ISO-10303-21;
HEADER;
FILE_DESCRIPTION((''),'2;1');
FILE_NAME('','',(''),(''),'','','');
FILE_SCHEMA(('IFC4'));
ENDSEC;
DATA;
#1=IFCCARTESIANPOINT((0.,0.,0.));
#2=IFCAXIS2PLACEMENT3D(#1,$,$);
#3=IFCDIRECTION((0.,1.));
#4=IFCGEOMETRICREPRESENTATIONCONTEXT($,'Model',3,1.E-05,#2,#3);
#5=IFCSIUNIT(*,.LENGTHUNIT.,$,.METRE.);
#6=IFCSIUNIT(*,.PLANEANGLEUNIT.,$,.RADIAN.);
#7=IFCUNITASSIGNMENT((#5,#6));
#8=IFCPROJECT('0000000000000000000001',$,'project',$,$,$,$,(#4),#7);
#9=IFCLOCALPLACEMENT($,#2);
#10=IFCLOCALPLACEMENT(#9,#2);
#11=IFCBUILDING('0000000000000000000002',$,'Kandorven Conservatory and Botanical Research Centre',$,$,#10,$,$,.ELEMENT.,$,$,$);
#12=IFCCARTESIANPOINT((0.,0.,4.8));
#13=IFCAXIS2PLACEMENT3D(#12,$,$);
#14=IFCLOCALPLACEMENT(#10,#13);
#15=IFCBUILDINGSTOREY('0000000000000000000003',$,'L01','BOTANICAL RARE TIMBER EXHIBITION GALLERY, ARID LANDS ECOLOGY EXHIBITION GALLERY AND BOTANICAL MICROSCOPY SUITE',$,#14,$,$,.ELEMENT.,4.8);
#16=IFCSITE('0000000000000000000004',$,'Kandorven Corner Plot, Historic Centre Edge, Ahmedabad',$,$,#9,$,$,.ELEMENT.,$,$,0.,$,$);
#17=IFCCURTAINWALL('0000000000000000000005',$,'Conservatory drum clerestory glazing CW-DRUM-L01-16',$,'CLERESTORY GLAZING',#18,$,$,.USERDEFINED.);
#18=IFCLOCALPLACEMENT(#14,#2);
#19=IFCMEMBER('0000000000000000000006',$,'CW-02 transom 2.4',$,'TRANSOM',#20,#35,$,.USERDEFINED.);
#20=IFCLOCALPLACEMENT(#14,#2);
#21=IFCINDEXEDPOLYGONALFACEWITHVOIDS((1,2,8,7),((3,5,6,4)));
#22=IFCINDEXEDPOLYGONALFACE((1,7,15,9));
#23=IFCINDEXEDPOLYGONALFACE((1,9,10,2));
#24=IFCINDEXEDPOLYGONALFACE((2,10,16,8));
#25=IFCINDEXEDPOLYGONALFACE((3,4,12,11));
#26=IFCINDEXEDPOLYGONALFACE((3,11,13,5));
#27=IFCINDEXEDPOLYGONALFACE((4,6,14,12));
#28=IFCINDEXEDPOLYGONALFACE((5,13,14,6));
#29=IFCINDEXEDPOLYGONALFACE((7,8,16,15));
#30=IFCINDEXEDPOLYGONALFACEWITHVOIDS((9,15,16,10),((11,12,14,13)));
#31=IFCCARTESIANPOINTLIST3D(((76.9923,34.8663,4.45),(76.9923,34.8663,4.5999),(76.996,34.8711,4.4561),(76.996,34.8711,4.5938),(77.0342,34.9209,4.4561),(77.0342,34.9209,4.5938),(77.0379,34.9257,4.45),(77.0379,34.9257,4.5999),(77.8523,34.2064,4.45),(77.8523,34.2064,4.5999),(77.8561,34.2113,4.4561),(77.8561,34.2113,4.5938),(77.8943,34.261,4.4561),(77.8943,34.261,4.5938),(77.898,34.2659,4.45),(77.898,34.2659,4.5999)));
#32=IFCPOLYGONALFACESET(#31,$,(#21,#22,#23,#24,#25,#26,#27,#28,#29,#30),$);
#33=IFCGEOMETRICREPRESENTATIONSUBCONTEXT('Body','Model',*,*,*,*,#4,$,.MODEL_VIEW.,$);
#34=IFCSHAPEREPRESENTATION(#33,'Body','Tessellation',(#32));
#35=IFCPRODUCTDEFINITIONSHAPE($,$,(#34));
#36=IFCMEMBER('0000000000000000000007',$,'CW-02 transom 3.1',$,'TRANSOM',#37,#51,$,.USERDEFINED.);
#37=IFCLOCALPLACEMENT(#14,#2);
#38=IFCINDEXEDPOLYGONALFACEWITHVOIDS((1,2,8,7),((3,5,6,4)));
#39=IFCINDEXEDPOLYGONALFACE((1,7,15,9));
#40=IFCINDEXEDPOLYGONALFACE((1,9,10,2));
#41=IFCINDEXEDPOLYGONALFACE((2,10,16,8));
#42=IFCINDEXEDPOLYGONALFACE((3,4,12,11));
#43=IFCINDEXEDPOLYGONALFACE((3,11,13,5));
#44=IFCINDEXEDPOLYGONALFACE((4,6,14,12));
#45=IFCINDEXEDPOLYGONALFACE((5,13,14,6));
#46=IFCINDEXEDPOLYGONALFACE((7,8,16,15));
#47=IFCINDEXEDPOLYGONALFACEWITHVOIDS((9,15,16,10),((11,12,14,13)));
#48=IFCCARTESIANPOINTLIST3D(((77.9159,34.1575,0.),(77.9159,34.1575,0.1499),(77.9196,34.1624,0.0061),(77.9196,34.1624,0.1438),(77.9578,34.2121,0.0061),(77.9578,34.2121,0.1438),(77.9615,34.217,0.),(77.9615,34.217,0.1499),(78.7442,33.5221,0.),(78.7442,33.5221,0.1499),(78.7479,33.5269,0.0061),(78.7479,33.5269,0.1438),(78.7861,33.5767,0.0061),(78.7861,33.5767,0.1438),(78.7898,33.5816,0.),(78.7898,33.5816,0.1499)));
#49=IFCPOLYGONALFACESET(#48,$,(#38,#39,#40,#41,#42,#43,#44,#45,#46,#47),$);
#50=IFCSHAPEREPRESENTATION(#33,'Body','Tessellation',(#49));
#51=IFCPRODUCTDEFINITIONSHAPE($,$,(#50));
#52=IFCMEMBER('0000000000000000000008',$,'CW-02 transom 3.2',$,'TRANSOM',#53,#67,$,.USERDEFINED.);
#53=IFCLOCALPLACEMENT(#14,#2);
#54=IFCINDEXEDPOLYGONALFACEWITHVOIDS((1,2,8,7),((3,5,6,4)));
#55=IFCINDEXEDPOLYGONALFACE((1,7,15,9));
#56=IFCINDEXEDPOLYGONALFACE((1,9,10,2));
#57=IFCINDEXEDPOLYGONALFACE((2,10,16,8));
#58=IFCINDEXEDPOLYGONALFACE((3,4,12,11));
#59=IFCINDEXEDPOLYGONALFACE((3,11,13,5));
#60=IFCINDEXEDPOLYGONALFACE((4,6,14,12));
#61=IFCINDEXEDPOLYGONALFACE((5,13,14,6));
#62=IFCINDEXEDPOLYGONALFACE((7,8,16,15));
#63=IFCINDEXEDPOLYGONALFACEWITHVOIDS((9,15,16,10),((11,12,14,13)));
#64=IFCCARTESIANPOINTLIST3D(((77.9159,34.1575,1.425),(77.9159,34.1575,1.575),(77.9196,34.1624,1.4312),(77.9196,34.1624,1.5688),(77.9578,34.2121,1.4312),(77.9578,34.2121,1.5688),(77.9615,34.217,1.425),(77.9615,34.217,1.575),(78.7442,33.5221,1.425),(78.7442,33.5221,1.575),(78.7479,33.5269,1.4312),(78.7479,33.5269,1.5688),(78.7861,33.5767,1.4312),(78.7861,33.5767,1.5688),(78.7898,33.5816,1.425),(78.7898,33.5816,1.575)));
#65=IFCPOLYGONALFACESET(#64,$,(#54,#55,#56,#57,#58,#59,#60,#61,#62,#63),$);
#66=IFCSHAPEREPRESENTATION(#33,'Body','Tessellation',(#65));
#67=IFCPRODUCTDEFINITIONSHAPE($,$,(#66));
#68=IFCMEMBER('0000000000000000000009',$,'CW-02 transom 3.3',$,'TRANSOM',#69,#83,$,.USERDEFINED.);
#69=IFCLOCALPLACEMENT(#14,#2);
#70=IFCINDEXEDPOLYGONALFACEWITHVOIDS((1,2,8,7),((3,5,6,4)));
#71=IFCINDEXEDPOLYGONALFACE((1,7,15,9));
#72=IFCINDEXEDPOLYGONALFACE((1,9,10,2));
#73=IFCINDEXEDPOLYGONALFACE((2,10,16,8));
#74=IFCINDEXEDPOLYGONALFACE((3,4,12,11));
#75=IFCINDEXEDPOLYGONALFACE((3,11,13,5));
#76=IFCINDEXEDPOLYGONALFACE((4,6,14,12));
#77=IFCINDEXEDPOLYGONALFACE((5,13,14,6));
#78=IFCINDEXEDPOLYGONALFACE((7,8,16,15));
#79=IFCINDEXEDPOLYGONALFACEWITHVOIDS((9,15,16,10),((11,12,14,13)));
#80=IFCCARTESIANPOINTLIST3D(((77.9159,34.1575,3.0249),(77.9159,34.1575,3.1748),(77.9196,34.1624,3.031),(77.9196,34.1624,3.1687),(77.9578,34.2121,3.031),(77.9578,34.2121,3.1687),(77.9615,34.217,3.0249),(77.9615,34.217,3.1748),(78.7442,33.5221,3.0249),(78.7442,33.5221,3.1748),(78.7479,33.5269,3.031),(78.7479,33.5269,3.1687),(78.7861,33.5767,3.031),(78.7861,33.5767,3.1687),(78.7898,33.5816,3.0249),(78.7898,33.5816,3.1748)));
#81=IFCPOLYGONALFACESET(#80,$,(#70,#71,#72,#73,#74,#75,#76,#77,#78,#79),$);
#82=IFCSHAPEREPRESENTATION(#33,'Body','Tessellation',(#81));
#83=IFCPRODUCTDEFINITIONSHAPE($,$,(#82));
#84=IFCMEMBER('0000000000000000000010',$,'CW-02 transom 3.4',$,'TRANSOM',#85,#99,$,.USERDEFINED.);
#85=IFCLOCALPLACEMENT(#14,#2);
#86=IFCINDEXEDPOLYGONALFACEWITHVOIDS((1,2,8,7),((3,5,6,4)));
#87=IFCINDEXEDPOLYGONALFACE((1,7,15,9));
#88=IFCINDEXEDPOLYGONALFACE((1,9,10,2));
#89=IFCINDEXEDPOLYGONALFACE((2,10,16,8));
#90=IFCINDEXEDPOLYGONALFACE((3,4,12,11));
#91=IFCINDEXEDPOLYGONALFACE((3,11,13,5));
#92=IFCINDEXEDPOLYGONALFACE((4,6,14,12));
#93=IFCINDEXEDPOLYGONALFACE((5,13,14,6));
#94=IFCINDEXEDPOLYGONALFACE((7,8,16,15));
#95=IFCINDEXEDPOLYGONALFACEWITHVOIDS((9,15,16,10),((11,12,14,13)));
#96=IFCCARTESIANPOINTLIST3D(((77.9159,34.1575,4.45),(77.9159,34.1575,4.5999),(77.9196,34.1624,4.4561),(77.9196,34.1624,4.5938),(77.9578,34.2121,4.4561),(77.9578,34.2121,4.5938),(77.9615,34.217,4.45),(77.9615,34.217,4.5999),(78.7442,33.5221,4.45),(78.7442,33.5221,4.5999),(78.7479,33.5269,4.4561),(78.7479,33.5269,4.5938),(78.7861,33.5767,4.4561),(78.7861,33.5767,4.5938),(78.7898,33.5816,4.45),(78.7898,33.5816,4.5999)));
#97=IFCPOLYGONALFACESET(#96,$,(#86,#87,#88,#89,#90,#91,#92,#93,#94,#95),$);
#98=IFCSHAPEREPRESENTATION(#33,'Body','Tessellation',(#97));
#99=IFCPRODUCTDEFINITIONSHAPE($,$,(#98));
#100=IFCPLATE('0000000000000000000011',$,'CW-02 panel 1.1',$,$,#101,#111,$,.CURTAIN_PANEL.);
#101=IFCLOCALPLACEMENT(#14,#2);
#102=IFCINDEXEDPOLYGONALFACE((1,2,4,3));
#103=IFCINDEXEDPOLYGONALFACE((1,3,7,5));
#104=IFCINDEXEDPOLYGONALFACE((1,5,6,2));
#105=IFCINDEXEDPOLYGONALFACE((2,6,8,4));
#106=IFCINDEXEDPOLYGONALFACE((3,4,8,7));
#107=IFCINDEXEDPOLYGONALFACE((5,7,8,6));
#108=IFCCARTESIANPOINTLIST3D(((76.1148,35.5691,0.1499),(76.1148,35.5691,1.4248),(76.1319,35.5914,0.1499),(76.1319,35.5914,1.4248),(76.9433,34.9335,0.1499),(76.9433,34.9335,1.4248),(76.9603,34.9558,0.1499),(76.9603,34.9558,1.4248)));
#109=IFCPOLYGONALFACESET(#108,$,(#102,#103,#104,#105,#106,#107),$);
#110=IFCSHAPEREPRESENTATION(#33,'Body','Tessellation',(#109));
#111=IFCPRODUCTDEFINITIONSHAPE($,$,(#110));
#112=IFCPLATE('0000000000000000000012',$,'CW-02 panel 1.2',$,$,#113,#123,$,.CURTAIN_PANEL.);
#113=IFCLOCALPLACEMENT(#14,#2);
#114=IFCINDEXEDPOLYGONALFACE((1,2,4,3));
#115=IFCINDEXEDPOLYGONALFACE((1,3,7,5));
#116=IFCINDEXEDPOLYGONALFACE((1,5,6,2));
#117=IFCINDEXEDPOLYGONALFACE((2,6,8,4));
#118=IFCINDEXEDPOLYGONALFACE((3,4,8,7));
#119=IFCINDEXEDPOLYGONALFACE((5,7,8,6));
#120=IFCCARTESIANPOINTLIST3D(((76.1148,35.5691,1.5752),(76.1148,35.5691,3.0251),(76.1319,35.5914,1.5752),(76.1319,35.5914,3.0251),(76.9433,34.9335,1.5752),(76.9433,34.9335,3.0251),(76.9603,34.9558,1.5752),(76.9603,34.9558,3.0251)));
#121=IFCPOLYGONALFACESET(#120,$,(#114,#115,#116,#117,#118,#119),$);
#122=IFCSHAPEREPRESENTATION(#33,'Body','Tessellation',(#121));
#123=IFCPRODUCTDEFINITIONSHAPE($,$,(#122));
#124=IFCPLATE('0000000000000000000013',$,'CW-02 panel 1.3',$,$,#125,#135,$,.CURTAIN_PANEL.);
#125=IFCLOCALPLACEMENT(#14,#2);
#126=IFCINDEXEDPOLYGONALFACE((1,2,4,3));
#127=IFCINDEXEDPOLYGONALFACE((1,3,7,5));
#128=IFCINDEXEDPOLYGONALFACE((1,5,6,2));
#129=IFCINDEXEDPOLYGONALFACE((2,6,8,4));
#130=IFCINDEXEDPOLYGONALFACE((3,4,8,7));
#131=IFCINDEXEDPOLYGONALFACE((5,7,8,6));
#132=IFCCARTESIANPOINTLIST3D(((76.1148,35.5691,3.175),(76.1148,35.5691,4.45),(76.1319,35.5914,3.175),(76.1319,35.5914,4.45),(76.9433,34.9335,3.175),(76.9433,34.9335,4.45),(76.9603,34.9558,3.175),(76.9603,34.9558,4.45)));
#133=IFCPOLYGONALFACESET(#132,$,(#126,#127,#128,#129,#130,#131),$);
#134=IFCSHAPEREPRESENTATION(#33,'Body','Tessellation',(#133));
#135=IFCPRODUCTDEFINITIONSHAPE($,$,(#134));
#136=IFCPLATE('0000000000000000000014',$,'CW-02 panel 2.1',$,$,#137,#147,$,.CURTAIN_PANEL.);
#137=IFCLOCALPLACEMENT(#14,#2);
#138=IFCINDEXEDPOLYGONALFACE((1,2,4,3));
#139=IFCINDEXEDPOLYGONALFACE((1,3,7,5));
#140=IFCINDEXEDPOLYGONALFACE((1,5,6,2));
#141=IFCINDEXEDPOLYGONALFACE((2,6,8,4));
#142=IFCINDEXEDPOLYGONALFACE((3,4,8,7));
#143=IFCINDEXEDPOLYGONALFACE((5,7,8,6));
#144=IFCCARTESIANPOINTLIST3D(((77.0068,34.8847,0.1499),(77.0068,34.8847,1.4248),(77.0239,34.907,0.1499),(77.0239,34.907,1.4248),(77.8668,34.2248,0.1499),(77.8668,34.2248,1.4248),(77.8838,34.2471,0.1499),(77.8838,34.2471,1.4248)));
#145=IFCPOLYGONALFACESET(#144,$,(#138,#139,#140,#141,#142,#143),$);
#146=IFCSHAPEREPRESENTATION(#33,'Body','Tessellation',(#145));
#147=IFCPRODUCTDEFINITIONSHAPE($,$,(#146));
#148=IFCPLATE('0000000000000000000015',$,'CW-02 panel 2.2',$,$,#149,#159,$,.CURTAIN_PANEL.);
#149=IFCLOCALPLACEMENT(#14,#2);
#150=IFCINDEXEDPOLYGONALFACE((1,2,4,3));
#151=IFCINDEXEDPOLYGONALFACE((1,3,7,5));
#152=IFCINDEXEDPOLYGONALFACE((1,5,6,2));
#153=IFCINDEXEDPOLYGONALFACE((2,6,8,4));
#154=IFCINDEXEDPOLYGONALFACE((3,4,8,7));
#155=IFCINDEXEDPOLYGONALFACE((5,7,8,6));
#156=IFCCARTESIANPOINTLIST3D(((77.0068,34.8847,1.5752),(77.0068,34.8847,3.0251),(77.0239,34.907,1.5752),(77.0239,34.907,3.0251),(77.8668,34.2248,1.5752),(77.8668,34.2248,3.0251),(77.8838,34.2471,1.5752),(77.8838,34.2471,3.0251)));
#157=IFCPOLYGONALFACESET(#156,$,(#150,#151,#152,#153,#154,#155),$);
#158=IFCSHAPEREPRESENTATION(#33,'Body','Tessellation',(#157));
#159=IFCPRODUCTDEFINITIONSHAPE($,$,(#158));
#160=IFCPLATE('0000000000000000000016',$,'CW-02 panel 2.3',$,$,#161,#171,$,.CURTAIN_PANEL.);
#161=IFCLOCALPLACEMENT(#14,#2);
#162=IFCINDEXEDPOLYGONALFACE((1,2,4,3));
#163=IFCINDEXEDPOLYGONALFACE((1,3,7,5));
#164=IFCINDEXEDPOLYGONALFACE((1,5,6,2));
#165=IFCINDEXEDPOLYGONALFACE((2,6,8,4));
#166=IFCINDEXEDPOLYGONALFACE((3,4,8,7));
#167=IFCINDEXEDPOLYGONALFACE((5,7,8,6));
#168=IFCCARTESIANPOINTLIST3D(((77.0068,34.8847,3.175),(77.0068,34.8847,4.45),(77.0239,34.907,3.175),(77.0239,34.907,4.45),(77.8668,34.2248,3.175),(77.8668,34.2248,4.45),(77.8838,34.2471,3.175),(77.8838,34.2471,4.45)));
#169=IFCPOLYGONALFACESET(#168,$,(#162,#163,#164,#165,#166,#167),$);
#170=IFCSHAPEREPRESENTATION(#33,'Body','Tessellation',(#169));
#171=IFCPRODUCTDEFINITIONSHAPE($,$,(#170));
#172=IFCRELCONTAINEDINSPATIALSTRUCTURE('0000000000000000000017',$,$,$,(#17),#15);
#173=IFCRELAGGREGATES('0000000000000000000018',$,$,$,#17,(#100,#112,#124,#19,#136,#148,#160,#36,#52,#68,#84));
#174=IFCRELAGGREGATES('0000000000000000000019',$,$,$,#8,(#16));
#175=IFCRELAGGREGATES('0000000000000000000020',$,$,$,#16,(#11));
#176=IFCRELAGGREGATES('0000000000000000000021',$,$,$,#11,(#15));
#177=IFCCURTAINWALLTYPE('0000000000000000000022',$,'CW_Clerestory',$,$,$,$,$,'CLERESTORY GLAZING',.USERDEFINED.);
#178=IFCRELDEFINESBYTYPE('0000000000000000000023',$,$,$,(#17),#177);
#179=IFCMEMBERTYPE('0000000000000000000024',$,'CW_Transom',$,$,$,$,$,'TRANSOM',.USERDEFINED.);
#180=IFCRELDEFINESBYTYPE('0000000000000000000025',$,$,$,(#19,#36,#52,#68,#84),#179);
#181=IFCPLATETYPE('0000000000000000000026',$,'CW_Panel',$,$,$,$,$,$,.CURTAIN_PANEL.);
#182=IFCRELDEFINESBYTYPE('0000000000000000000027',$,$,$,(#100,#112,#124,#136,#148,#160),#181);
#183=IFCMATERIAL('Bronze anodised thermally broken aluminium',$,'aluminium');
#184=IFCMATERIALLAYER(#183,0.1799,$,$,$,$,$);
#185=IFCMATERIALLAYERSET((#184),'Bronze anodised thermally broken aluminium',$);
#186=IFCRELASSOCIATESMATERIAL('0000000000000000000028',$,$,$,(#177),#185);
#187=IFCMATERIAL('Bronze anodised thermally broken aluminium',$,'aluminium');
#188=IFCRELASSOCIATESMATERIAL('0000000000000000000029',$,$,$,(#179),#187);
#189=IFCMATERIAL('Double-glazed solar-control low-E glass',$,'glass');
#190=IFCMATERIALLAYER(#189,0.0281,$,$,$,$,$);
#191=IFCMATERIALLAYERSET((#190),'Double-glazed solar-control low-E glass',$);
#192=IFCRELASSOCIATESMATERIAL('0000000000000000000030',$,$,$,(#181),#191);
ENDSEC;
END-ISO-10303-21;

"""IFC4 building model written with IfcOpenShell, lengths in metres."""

from ifc_helpers import new_model, si_unit, direction, frame, origin, origin_2d, place, context, subcontext, project, spatial, rectangle, hollow_rectangle, extrude, material, layer, layer_set, material_profile, profile_set, type_object, element, aggregate, save


model = new_model("IFC4")

# Units and contexts
model_context = context("Model", 3, precision=1e-05, world=origin(), true_north=direction((0.0, 1.0)))
body_context = subcontext(model_context, "Body", "Model", "MODEL_VIEW")
ifc_project = project(units=[si_unit("LENGTHUNIT", "METRE"), si_unit("PLANEANGLEUNIT", "RADIAN")], contexts=[model_context])

# Site, building, storey
site_placement = place(None, origin())
site = spatial("IfcSite", under=ifc_project, at=site_placement, Name="Kandorven Corner Plot, Historic Centre Edge, Ahmedabad", CompositionType="ELEMENT", RefElevation=0.0)
building_placement = place(site_placement, origin())
building = spatial("IfcBuilding", under=site, at=building_placement, Name="Kandorven Conservatory and Botanical Research Centre", CompositionType="ELEMENT")
storey_placement = place(building_placement, frame((0.0, 0.0, 4.8)))
storey = spatial("IfcBuildingStorey", under=building, at=storey_placement, Name="L01", Description="BOTANICAL RARE TIMBER EXHIBITION GALLERY, ARID LANDS ECOLOGY EXHIBITION GALLERY AND BOTANICAL MICROSCOPY SUITE", CompositionType="ELEMENT", Elevation=4.8)

# Curtain wall, members, plates
ifc_material_1 = material(Name="Bronze anodised thermally broken aluminium", Category="aluminium")
ifc_layer_1 = layer(ifc_material_1, 0.1799)
ifc_layer_set_1 = layer_set([ifc_layer_1], Name="Bronze anodised thermally broken aluminium")
curtain_wall_type = type_object("IfcCurtainWallType", Name="CW_Clerestory", ElementType="CLERESTORY GLAZING", PredefinedType="USERDEFINED", material=ifc_layer_set_1)
curtain_wall_placement = place(storey_placement, origin())
curtain_wall = element("IfcCurtainWall", 1, at=curtain_wall_placement, inside=storey, type_object=curtain_wall_type, Name="Conservatory drum clerestory glazing CW-DRUM-L01-16", ObjectType="CLERESTORY GLAZING", PredefinedType="USERDEFINED")
ifc_material_2 = material(Name="Bronze anodised thermally broken aluminium", Category="aluminium")
ifc_material_profile_1 = material_profile(ifc_material_2, hollow_rectangle(XDim=0.075, YDim=0.1499, WallThickness=0.0061, at=origin_2d()))
ifc_profile_set_1 = profile_set([ifc_material_profile_1], Name="Bronze anodised thermally broken aluminium")
member_type_1 = type_object("IfcMemberType", Name="CW_Transom", ElementType="TRANSOM", PredefinedType="USERDEFINED", material=ifc_profile_set_1)
member_1_placement = place(storey_placement, frame((77.0151, 34.896, 4.5249), z_axis=(0.793385, -0.60872, 0.0), x_axis=(0.60872, 0.793385, 0.0)))
member_1 = element("IfcMember", 2, at=member_1_placement, type_object=member_type_1, Name="CW-02 transom 2.4", ObjectType="TRANSOM", PredefinedType="USERDEFINED", context=body_context, shape_type="SweptSolid", body=[
    extrude(hollow_rectangle(XDim=0.075, YDim=0.1499, WallThickness=0.0061, at=origin_2d()), origin(), (0.0, 0.0, 1.0), 1.084),
])
member_2_placement = place(storey_placement, frame((77.9387, 34.1873, 0.075), z_axis=(0.793414, -0.608682, 0.0), x_axis=(0.608682, 0.793414, 0.0)))
member_2 = element("IfcMember", 3, at=member_2_placement, type_object=member_type_1, Name="CW-02 transom 3.1", ObjectType="TRANSOM", PredefinedType="USERDEFINED", context=body_context, shape_type="SweptSolid", body=[
    extrude(hollow_rectangle(XDim=0.075, YDim=0.1499, WallThickness=0.0061, at=origin_2d()), origin(), (0.0, 0.0, 1.0), 1.0439),
])
member_3_placement = place(storey_placement, frame((77.9387, 34.1873, 1.5), z_axis=(0.793414, -0.608682, 0.0), x_axis=(0.608682, 0.793414, 0.0)))
member_3 = element("IfcMember", 4, at=member_3_placement, type_object=member_type_1, Name="CW-02 transom 3.2", ObjectType="TRANSOM", PredefinedType="USERDEFINED", context=body_context, shape_type="SweptSolid", body=[
    extrude(hollow_rectangle(XDim=0.075, YDim=0.1499, WallThickness=0.0061, at=origin_2d()), origin(), (0.0, 0.0, 1.0), 1.0439),
])
member_4_placement = place(storey_placement, frame((77.9387, 34.1873, 3.0999), z_axis=(0.793414, -0.608682, 0.0), x_axis=(0.608682, 0.793414, 0.0)))
member_4 = element("IfcMember", 5, at=member_4_placement, type_object=member_type_1, Name="CW-02 transom 3.3", ObjectType="TRANSOM", PredefinedType="USERDEFINED", context=body_context, shape_type="SweptSolid", body=[
    extrude(hollow_rectangle(XDim=0.075, YDim=0.1499, WallThickness=0.0061, at=origin_2d()), origin(), (0.0, 0.0, 1.0), 1.0439),
])
member_5_placement = place(storey_placement, frame((77.9387, 34.1873, 4.5249), z_axis=(0.793414, -0.608682, 0.0), x_axis=(0.608682, 0.793414, 0.0)))
member_5 = element("IfcMember", 6, at=member_5_placement, type_object=member_type_1, Name="CW-02 transom 3.4", ObjectType="TRANSOM", PredefinedType="USERDEFINED", context=body_context, shape_type="SweptSolid", body=[
    extrude(hollow_rectangle(XDim=0.075, YDim=0.1499, WallThickness=0.0061, at=origin_2d()), origin(), (0.0, 0.0, 1.0), 1.0439),
])
ifc_material_3 = material(Name="Double-glazed solar-control low-E glass", Category="glass")
ifc_layer_2 = layer(ifc_material_3, 0.0281)
ifc_layer_set_2 = layer_set([ifc_layer_2], Name="Double-glazed solar-control low-E glass")
plate_type = type_object("IfcPlateType", Name="CW_Panel", PredefinedType="CURTAIN_PANEL", material=ifc_layer_set_2)
plate_1_placement = place(storey_placement, frame((76.5376, 35.2625, 0.1499), z_axis=(0.0, 0.0, 1.0), x_axis=(0.793347, -0.608769, 0.0)))
plate_1 = element("IfcPlate", 7, at=plate_1_placement, type_object=plate_type, Name="CW-02 panel 1.1", PredefinedType="CURTAIN_PANEL", context=body_context, shape_type="SweptSolid", body=[
    extrude(rectangle(XDim=1.0442, YDim=0.0281, at=origin_2d()), origin(), (0.0, 0.0, 1.0), 1.2749),
])
plate_2_placement = place(storey_placement, frame((76.5376, 35.2625, 1.5752), z_axis=(0.0, 0.0, 1.0), x_axis=(0.793347, -0.608769, 0.0)))
plate_2 = element("IfcPlate", 8, at=plate_2_placement, type_object=plate_type, Name="CW-02 panel 1.2", PredefinedType="CURTAIN_PANEL", context=body_context, shape_type="SweptSolid", body=[
    extrude(rectangle(XDim=1.0442, YDim=0.0281, at=origin_2d()), origin(), (0.0, 0.0, 1.0), 1.45),
])
plate_3_placement = place(storey_placement, frame((76.5376, 35.2625, 3.175), z_axis=(0.0, 0.0, 1.0), x_axis=(0.793347, -0.608769, 0.0)))
plate_3 = element("IfcPlate", 9, at=plate_3_placement, type_object=plate_type, Name="CW-02 panel 1.3", PredefinedType="CURTAIN_PANEL", context=body_context, shape_type="SweptSolid", body=[
    extrude(rectangle(XDim=1.0442, YDim=0.0281, at=origin_2d()), origin(), (0.0, 0.0, 1.0), 1.2749),
])
plate_4_placement = place(storey_placement, frame((77.4453, 34.5659, 0.1499), z_axis=(0.0, 0.0, 1.0), x_axis=(0.793347, -0.608769, 0.0)))
plate_4 = element("IfcPlate", 10, at=plate_4_placement, type_object=plate_type, Name="CW-02 panel 2.1", PredefinedType="CURTAIN_PANEL", context=body_context, shape_type="SweptSolid", body=[
    extrude(rectangle(XDim=1.084, YDim=0.0281, at=origin_2d()), origin(), (0.0, 0.0, 1.0), 1.2749),
])
plate_5_placement = place(storey_placement, frame((77.4453, 34.5659, 1.5752), z_axis=(0.0, 0.0, 1.0), x_axis=(0.793347, -0.608769, 0.0)))
plate_5 = element("IfcPlate", 11, at=plate_5_placement, type_object=plate_type, Name="CW-02 panel 2.2", PredefinedType="CURTAIN_PANEL", context=body_context, shape_type="SweptSolid", body=[
    extrude(rectangle(XDim=1.084, YDim=0.0281, at=origin_2d()), origin(), (0.0, 0.0, 1.0), 1.45),
])
plate_6_placement = place(storey_placement, frame((77.4453, 34.5659, 3.175), z_axis=(0.0, 0.0, 1.0), x_axis=(0.793347, -0.608769, 0.0)))
plate_6 = element("IfcPlate", 12, at=plate_6_placement, type_object=plate_type, Name="CW-02 panel 2.3", PredefinedType="CURTAIN_PANEL", context=body_context, shape_type="SweptSolid", body=[
    extrude(rectangle(XDim=1.084, YDim=0.0281, at=origin_2d()), origin(), (0.0, 0.0, 1.0), 1.2749),
])
aggregate(curtain_wall, [plate_1, plate_2, plate_3, member_1, plate_4, plate_5, plate_6, member_2, member_3, member_4, member_5])

save(model, "model.ifc")
